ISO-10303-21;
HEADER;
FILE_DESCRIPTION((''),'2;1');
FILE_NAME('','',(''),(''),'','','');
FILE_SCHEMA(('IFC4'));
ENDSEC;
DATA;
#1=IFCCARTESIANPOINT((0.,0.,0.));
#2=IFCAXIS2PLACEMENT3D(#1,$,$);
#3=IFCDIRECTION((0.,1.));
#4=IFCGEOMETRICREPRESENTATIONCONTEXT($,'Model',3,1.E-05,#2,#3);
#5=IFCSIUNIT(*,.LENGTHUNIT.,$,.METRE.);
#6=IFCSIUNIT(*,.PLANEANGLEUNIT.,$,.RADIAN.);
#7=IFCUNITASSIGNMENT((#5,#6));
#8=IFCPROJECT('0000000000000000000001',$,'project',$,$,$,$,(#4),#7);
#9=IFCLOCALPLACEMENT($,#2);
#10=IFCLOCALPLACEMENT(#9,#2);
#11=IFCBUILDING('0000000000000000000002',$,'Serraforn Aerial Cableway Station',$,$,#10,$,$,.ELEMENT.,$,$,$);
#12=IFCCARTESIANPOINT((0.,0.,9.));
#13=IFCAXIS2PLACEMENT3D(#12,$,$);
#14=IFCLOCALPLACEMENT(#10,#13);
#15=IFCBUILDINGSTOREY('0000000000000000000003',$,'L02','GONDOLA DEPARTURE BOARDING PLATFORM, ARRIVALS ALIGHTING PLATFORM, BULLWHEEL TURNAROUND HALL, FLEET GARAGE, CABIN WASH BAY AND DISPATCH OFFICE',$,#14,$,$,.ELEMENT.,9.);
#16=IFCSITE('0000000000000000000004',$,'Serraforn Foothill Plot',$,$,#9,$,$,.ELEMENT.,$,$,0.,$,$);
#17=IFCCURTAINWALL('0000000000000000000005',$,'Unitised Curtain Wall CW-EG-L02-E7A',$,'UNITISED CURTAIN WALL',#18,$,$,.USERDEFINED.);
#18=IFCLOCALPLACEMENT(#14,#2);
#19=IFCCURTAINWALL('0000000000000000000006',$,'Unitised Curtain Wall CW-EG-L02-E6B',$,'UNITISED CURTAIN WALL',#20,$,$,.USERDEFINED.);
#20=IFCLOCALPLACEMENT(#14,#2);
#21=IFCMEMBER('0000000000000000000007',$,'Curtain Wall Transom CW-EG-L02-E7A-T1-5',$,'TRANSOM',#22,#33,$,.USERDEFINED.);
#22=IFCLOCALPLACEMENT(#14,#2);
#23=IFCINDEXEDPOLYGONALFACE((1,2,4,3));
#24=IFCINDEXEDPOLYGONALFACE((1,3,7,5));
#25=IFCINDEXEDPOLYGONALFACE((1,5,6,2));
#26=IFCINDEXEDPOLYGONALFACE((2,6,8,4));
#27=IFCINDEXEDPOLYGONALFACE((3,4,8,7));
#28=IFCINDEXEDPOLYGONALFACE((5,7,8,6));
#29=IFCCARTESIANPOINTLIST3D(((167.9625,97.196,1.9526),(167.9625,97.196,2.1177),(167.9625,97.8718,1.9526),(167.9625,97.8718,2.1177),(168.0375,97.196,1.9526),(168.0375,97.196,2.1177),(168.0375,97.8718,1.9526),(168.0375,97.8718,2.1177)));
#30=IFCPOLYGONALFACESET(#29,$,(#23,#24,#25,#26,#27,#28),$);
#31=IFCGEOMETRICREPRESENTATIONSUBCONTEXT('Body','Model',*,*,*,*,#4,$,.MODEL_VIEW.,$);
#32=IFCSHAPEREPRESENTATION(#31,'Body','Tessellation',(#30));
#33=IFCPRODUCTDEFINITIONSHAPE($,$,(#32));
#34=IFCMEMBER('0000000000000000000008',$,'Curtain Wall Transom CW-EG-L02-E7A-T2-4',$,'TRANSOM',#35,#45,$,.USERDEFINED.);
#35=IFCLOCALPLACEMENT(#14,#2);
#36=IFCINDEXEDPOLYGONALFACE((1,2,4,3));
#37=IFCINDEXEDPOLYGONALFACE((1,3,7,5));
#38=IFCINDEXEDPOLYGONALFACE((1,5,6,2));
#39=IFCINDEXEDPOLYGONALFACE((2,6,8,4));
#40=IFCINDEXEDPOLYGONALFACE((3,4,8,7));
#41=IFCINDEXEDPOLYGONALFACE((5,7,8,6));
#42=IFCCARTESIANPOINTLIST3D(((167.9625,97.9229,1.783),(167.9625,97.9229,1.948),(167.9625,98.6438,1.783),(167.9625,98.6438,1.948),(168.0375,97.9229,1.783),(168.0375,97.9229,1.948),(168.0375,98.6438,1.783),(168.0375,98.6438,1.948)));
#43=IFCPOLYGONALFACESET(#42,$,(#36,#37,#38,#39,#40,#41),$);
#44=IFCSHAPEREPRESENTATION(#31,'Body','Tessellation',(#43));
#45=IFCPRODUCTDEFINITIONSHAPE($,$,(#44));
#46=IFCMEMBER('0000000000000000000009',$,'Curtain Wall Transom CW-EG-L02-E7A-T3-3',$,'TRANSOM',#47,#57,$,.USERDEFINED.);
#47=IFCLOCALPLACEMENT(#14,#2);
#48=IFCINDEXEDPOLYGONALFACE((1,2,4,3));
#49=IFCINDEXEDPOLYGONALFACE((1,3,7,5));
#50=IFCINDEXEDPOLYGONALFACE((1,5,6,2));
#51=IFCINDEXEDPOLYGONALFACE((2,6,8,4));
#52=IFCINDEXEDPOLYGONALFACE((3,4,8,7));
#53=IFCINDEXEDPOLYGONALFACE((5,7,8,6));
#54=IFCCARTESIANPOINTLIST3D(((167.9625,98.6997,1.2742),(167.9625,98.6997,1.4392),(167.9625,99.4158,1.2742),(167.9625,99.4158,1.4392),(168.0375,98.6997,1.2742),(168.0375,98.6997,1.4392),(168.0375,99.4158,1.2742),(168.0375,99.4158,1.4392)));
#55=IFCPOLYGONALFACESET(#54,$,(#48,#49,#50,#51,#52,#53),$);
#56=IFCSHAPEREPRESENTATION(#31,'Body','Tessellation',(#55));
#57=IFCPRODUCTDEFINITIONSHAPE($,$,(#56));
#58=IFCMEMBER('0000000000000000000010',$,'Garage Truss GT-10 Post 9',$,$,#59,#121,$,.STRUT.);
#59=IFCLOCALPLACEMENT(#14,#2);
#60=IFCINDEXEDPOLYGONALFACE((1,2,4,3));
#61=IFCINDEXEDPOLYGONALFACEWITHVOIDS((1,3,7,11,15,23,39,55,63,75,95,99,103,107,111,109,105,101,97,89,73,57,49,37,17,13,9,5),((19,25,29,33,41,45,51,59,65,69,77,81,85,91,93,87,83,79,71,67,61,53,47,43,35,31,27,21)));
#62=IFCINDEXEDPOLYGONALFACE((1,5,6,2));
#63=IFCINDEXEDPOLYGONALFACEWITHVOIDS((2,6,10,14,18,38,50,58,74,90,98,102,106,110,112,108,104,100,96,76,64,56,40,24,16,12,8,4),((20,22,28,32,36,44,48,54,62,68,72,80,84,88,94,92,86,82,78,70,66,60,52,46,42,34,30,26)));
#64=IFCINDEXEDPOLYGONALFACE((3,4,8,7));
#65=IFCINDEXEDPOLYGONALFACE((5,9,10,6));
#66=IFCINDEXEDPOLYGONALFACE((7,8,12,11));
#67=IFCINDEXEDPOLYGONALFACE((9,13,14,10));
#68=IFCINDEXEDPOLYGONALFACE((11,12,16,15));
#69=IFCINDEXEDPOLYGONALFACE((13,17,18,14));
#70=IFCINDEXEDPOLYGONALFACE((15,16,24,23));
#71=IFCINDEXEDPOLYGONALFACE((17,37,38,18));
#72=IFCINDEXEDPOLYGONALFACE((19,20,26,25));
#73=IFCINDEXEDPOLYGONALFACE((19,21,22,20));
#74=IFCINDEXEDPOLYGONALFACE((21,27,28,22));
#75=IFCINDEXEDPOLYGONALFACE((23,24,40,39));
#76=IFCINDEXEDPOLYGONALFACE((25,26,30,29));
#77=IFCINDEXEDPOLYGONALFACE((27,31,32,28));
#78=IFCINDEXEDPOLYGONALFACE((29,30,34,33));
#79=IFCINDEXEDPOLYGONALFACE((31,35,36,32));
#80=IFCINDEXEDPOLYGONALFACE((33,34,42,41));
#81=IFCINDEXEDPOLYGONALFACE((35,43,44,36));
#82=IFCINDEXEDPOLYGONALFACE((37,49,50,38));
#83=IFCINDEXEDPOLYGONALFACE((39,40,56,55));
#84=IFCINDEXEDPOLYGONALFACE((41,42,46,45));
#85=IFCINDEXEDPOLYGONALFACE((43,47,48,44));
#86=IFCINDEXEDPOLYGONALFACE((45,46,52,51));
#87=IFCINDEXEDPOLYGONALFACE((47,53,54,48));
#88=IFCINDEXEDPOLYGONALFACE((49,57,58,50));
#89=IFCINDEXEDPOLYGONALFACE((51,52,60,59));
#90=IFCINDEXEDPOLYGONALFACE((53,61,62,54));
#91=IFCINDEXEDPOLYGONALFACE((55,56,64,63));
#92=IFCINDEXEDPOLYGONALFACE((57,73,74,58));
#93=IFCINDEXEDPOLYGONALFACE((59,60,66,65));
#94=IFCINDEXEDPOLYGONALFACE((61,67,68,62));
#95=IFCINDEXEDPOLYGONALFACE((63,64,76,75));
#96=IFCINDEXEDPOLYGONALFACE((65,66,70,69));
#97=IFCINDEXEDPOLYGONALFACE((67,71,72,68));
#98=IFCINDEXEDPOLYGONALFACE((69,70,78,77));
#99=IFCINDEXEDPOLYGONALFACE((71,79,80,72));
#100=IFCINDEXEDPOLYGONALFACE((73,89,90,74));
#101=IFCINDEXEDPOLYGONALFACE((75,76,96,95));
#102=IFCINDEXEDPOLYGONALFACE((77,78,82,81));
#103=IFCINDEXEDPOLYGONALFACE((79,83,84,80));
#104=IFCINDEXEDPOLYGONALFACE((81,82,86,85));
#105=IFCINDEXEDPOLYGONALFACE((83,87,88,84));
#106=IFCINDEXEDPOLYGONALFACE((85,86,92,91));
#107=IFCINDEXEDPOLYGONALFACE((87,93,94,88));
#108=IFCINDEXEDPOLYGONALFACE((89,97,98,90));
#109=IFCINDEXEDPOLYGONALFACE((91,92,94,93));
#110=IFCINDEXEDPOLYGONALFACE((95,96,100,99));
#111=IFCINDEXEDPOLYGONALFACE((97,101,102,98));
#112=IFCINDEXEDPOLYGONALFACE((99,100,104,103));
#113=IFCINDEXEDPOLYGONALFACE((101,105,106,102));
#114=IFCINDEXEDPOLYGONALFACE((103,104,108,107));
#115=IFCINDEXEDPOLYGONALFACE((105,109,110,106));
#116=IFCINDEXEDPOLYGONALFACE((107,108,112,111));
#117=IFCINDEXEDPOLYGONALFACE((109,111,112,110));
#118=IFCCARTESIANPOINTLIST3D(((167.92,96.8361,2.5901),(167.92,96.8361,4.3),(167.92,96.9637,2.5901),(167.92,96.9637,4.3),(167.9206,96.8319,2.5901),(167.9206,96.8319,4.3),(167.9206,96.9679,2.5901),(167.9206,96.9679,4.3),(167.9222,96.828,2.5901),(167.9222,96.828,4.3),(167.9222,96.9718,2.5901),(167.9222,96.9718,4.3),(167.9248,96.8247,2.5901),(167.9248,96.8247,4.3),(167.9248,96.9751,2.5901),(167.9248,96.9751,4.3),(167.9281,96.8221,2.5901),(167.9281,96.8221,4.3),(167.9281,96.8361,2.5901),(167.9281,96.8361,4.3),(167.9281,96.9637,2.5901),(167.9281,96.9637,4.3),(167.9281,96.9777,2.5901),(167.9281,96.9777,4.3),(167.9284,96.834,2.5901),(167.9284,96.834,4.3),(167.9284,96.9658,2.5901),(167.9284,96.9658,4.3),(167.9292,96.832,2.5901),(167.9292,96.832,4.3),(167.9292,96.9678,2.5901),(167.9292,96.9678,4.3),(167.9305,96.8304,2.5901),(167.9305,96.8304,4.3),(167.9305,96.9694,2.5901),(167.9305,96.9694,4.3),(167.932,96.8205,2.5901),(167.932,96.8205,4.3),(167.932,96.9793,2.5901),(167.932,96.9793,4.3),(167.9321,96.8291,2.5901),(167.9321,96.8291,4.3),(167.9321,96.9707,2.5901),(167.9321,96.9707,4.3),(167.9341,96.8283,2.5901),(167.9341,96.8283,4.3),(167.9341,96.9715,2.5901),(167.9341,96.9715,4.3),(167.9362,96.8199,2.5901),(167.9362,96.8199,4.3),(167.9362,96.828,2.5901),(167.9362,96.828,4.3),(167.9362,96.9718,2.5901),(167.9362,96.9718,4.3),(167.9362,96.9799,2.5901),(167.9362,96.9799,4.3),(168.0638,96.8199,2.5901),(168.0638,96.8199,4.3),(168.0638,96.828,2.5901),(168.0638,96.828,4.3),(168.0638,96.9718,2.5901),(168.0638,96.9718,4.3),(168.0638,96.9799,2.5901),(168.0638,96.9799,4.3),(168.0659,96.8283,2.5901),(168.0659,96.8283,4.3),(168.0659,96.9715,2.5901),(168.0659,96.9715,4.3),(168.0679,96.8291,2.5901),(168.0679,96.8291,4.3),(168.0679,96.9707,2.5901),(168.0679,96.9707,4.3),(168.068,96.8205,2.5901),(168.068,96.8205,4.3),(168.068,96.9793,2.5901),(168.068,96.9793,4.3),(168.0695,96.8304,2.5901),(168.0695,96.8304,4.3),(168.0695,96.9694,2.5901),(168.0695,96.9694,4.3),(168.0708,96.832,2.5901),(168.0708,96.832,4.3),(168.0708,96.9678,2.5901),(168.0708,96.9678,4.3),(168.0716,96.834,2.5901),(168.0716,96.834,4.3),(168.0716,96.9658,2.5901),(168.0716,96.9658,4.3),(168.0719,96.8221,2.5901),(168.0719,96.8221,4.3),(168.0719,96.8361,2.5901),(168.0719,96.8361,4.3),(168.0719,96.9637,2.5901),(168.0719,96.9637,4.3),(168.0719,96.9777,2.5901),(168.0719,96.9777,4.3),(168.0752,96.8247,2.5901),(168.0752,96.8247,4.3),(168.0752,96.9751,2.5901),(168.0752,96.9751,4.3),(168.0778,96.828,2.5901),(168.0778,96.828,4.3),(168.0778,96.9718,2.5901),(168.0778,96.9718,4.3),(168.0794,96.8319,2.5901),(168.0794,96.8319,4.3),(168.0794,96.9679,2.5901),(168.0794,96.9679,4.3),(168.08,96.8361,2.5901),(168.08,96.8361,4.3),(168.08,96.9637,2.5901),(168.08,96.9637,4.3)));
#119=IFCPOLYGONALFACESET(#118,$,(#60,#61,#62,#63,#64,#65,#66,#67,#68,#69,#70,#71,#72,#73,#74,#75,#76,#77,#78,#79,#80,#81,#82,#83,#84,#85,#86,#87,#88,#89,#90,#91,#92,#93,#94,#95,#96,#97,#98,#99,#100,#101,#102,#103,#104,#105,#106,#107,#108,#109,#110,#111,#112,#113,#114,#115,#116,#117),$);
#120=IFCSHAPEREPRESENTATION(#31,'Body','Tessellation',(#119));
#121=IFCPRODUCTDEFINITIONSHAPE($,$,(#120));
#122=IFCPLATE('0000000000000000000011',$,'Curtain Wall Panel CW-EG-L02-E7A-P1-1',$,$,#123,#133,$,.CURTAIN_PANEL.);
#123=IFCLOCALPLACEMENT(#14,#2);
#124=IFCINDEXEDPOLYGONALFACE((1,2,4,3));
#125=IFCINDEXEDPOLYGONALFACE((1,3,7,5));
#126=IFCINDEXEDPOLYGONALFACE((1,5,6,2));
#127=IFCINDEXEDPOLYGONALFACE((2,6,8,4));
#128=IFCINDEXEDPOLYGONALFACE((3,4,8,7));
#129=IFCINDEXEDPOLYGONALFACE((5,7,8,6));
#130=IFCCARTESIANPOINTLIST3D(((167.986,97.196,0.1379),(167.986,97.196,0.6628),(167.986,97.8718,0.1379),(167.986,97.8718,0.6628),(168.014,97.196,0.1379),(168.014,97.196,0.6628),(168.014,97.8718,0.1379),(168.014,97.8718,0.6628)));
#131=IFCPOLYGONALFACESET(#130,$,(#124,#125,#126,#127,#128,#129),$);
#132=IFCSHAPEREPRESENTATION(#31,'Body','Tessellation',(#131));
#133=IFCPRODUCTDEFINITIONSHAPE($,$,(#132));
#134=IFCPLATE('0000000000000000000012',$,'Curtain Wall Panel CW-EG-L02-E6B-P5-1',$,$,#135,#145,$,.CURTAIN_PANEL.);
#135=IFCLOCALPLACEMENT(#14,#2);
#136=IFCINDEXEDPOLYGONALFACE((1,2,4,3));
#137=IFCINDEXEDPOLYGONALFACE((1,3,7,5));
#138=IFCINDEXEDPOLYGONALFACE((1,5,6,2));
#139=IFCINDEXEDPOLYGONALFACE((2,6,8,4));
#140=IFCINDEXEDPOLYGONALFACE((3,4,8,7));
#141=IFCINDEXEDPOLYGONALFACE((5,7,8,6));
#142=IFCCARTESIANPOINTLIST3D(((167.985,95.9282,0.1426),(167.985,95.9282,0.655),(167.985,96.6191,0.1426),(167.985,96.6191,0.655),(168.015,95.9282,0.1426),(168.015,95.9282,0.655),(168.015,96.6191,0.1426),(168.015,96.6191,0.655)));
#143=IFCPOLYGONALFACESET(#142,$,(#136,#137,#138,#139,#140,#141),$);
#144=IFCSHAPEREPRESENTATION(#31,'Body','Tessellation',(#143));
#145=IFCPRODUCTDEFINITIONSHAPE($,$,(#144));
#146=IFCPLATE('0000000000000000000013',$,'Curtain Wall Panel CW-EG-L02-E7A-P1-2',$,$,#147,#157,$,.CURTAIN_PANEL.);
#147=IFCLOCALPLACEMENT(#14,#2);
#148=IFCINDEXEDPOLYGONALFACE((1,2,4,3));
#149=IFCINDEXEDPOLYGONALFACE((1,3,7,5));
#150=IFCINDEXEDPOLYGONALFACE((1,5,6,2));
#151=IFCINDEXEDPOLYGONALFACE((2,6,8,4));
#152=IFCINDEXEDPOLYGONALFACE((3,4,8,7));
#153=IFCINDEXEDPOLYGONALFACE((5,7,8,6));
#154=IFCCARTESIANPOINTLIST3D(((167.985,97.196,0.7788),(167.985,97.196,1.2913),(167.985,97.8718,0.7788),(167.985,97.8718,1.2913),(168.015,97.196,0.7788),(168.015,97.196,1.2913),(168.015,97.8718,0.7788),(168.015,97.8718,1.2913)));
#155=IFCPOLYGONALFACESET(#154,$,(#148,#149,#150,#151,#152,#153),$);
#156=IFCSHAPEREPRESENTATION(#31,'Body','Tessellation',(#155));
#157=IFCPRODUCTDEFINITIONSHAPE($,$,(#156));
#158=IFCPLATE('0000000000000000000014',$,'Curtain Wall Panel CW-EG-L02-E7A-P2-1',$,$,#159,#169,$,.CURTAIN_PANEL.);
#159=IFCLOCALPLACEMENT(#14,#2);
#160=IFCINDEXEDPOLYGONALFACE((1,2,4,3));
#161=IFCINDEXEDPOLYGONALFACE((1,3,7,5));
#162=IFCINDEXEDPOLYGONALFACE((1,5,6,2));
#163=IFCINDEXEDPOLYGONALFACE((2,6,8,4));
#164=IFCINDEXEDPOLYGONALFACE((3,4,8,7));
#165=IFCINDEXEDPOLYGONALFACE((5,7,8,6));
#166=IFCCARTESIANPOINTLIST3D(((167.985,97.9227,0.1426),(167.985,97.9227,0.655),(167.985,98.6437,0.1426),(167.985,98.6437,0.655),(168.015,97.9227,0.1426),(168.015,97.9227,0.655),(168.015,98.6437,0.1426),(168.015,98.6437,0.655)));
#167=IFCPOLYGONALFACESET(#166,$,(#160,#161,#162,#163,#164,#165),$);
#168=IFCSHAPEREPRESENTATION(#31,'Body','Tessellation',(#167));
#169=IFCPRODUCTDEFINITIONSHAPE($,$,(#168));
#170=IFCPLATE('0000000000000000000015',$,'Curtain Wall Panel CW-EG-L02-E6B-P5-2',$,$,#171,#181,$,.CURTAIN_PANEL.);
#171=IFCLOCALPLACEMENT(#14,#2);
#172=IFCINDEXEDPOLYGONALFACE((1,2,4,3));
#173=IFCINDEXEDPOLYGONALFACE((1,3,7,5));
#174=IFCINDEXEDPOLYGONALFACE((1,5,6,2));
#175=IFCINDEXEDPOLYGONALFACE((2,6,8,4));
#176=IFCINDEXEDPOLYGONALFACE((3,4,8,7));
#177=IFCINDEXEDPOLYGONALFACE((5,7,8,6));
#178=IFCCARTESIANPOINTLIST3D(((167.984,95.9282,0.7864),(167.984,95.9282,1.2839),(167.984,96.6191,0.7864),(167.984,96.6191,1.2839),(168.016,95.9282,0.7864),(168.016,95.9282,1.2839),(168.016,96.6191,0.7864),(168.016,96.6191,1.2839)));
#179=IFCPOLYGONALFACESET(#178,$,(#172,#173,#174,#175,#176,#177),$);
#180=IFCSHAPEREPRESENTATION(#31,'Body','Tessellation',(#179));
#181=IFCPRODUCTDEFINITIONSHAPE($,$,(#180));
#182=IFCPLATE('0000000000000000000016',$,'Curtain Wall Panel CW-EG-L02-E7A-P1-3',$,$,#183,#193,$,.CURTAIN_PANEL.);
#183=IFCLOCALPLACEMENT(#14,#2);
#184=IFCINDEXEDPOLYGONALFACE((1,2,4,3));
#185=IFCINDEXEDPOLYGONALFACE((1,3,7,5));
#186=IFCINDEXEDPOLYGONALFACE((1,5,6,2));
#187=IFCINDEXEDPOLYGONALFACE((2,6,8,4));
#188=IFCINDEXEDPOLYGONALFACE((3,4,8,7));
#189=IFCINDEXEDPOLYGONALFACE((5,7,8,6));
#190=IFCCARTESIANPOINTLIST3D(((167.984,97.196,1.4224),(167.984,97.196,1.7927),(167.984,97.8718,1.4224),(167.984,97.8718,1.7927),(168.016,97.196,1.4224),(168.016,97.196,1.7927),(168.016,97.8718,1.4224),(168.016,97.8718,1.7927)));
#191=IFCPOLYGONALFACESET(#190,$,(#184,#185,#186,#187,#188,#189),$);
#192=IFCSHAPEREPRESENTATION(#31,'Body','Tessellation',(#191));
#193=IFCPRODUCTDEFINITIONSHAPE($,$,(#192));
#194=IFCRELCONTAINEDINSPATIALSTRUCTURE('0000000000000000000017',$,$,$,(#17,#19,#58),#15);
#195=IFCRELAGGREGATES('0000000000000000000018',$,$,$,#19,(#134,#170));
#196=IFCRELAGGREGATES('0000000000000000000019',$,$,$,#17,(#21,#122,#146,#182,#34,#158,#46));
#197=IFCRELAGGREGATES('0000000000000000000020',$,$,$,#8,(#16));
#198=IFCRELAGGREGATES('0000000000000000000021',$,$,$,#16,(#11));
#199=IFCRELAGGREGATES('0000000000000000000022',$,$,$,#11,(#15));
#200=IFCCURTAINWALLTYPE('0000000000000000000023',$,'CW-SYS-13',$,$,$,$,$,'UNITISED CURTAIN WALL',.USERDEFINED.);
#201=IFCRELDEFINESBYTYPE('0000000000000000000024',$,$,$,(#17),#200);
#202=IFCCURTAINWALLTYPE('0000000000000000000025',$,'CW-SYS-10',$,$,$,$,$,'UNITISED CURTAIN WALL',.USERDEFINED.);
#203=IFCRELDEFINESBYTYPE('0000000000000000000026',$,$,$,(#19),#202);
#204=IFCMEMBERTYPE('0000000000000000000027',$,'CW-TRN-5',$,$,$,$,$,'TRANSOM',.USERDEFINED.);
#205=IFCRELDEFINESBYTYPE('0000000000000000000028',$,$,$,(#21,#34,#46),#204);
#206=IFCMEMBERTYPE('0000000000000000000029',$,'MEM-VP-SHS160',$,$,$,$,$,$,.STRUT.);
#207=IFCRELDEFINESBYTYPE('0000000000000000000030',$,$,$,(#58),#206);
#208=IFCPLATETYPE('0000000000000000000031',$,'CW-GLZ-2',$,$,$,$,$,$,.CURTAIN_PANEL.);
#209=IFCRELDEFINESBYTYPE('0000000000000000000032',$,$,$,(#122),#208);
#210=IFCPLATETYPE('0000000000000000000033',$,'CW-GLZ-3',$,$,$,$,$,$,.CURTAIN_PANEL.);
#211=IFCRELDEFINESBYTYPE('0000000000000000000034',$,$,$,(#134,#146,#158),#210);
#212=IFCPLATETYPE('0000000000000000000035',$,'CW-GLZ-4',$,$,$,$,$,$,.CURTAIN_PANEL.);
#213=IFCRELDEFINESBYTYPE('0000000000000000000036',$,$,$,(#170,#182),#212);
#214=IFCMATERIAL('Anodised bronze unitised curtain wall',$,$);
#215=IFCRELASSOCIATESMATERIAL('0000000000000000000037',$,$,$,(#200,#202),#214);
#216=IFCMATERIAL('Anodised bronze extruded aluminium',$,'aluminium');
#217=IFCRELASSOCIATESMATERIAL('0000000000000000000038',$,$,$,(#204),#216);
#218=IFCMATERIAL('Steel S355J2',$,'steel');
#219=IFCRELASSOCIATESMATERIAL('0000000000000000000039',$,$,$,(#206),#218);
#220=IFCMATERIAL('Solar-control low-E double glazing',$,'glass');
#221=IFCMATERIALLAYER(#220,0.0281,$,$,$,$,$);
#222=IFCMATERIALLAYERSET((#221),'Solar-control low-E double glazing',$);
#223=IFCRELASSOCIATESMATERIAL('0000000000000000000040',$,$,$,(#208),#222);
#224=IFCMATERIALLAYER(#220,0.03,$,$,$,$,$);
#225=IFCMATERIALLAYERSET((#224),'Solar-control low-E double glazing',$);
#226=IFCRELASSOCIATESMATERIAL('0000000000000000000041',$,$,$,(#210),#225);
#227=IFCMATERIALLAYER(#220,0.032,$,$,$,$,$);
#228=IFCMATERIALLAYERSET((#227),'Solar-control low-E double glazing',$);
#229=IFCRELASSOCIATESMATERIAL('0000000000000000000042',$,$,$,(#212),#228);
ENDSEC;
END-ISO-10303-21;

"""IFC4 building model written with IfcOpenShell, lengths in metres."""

from ifc_helpers import new_model, si_unit, direction, frame, origin, origin_2d, place, context, subcontext, project, spatial, rectangle, hollow_rectangle, extrude, material, layer, layer_set, material_profile, profile_set, type_object, element, aggregate, save


model = new_model("IFC4")

# Units and contexts
model_context = context("Model", 3, precision=1e-05, world=origin(), true_north=direction((0.0, 1.0)))
body_context = subcontext(model_context, "Body", "Model", "MODEL_VIEW")
ifc_project = project(units=[si_unit("LENGTHUNIT", "METRE"), si_unit("PLANEANGLEUNIT", "RADIAN")], contexts=[model_context])

# Site, building, storey
site_placement = place(None, origin())
site = spatial("IfcSite", under=ifc_project, at=site_placement, Name="Serraforn Foothill Plot", CompositionType="ELEMENT", RefElevation=0.0)
building_placement = place(site_placement, origin())
building = spatial("IfcBuilding", under=site, at=building_placement, Name="Serraforn Aerial Cableway Station", CompositionType="ELEMENT")
storey_placement = place(building_placement, frame((0.0, 0.0, 9.0)))
storey = spatial("IfcBuildingStorey", under=building, at=storey_placement, Name="L02", Description="GONDOLA DEPARTURE BOARDING PLATFORM, ARRIVALS ALIGHTING PLATFORM, BULLWHEEL TURNAROUND HALL, FLEET GARAGE, CABIN WASH BAY AND DISPATCH OFFICE", CompositionType="ELEMENT", Elevation=9.0)

# Shared definitions
ifc_material_1 = material(Name="Steel S355J2", Category="steel")

# Curtain walls
ifc_material_2 = material(Name="Anodised bronze unitised curtain wall")
curtain_wall_type_1 = type_object("IfcCurtainWallType", Name="CW-SYS-13", ElementType="UNITISED CURTAIN WALL", PredefinedType="USERDEFINED", material=ifc_material_2)
curtain_wall_1_placement = place(storey_placement, origin())
curtain_wall_1 = element("IfcCurtainWall", 1, at=curtain_wall_1_placement, inside=storey, type_object=curtain_wall_type_1, Name="Unitised Curtain Wall CW-EG-L02-E7A", ObjectType="UNITISED CURTAIN WALL", PredefinedType="USERDEFINED")
ifc_material_3 = material(Name="Anodised bronze extruded aluminium", Category="aluminium")
curtain_wall_type_2 = type_object("IfcCurtainWallType", Name="CW-SYS-10", ElementType="UNITISED CURTAIN WALL", PredefinedType="USERDEFINED", material=ifc_material_2)
curtain_wall_2_placement = place(storey_placement, origin())
curtain_wall_2 = element("IfcCurtainWall", 2, at=curtain_wall_2_placement, inside=storey, type_object=curtain_wall_type_2, Name="Unitised Curtain Wall CW-EG-L02-E6B", ObjectType="UNITISED CURTAIN WALL", PredefinedType="USERDEFINED")

# Members
ifc_material_profile_1 = material_profile(ifc_material_3, rectangle(XDim=0.075, YDim=0.165, at=origin_2d()), Name="CW TRANSOM 75x165")
ifc_profile_set_1 = profile_set([ifc_material_profile_1], Name="Anodised bronze extruded aluminium")
member_type_1 = type_object("IfcMemberType", Name="CW-TRN-5", ElementType="TRANSOM", PredefinedType="USERDEFINED", material=ifc_profile_set_1)
member_1_placement = place(storey_placement, frame((168.0, 97.196, 2.0352), z_axis=(0.0, 1.0, 0.0), x_axis=(-1.0, 0.0, 0.0)))
member_1 = element("IfcMember", 3, at=member_1_placement, type_object=member_type_1, Name="Curtain Wall Transom CW-EG-L02-E7A-T1-5", ObjectType="TRANSOM", PredefinedType="USERDEFINED", context=body_context, shape_type="SweptSolid", body=[
    extrude(rectangle(XDim=0.075, YDim=0.165, at=origin_2d()), origin(), (0.0, 0.0, 1.0), 0.6758),
])
member_2_placement = place(storey_placement, frame((168.0, 97.9229, 1.8655), z_axis=(0.0, 1.0, 0.0), x_axis=(-1.0, 0.0, 0.0)))
member_2 = element("IfcMember", 4, at=member_2_placement, type_object=member_type_1, Name="Curtain Wall Transom CW-EG-L02-E7A-T2-4", ObjectType="TRANSOM", PredefinedType="USERDEFINED", context=body_context, shape_type="SweptSolid", body=[
    extrude(rectangle(XDim=0.075, YDim=0.165, at=origin_2d()), origin(), (0.0, 0.0, 1.0), 0.7209),
])
member_3_placement = place(storey_placement, frame((168.0, 98.6997, 1.3567), z_axis=(0.0, 1.0, 0.0), x_axis=(-1.0, 0.0, 0.0)))
member_3 = element("IfcMember", 5, at=member_3_placement, type_object=member_type_1, Name="Curtain Wall Transom CW-EG-L02-E7A-T3-3", ObjectType="TRANSOM", PredefinedType="USERDEFINED", context=body_context, shape_type="SweptSolid", body=[
    extrude(rectangle(XDim=0.075, YDim=0.165, at=origin_2d()), origin(), (0.0, 0.0, 1.0), 0.7161),
])
ifc_material_profile_2 = material_profile(ifc_material_1, hollow_rectangle(XDim=0.1599, YDim=0.1599, WallThickness=0.0081, InnerFilletRadius=0.0081, OuterFilletRadius=0.0161, at=origin_2d()), Name="SHS 160x160x8.0")
ifc_profile_set_2 = profile_set([ifc_material_profile_2], Name="Steel S355J2")
member_type_2 = type_object("IfcMemberType", Name="MEM-VP-SHS160", PredefinedType="STRUT", material=ifc_profile_set_2)
member_4_placement = place(storey_placement, frame((168.0, 96.8999, 2.5901), z_axis=(0.0, 0.0, 1.0), x_axis=(1.0, 0.0, 0.0)))
element("IfcMember", 6, at=member_4_placement, inside=storey, type_object=member_type_2, Name="Garage Truss GT-10 Post 9", PredefinedType="STRUT", context=body_context, shape_type="SweptSolid", body=[
    extrude(hollow_rectangle(XDim=0.1599, YDim=0.1599, WallThickness=0.0081, InnerFilletRadius=0.0081, OuterFilletRadius=0.0161, at=origin_2d()), origin(), (0.0, 0.0, 1.0), 1.71),
])

# Plates
ifc_material_4 = material(Name="Solar-control low-E double glazing", Category="glass")
ifc_layer_1 = layer(ifc_material_4, 0.0281)
ifc_layer_set_1 = layer_set([ifc_layer_1], Name="Solar-control low-E double glazing")
plate_type_1 = type_object("IfcPlateType", Name="CW-GLZ-2", PredefinedType="CURTAIN_PANEL", material=ifc_layer_set_1)
plate_1_placement = place(storey_placement, frame((168.0, 97.5339, 0.1379), z_axis=(0.0, 0.0, 1.0), x_axis=(1.0, 0.0, 0.0)))
plate_1 = element("IfcPlate", 7, at=plate_1_placement, type_object=plate_type_1, Name="Curtain Wall Panel CW-EG-L02-E7A-P1-1", PredefinedType="CURTAIN_PANEL", context=body_context, shape_type="SweptSolid", body=[
    extrude(rectangle(XDim=0.0281, YDim=0.6758, at=origin_2d()), origin(), (0.0, 0.0, 1.0), 0.5249),
])
ifc_layer_2 = layer(ifc_material_4, 0.03)
ifc_layer_set_2 = layer_set([ifc_layer_2], Name="Solar-control low-E double glazing")
plate_type_2 = type_object("IfcPlateType", Name="CW-GLZ-3", PredefinedType="CURTAIN_PANEL", material=ifc_layer_set_2)
plate_2_placement = place(storey_placement, frame((168.0, 96.2737, 0.1426), z_axis=(0.0, 0.0, 1.0), x_axis=(1.0, 0.0, 0.0)))
plate_2 = element("IfcPlate", 8, at=plate_2_placement, type_object=plate_type_2, Name="Curtain Wall Panel CW-EG-L02-E6B-P5-1", PredefinedType="CURTAIN_PANEL", context=body_context, shape_type="SweptSolid", body=[
    extrude(rectangle(XDim=0.03, YDim=0.6909, at=origin_2d()), origin(), (0.0, 0.0, 1.0), 0.5125),
])
plate_3_placement = place(storey_placement, frame((168.0, 97.5339, 0.7788), z_axis=(0.0, 0.0, 1.0), x_axis=(1.0, 0.0, 0.0)))
plate_3 = element("IfcPlate", 9, at=plate_3_placement, type_object=plate_type_2, Name="Curtain Wall Panel CW-EG-L02-E7A-P1-2", PredefinedType="CURTAIN_PANEL", context=body_context, shape_type="SweptSolid", body=[
    extrude(rectangle(XDim=0.03, YDim=0.6758, at=origin_2d()), origin(), (0.0, 0.0, 1.0), 0.5125),
])
plate_4_placement = place(storey_placement, frame((168.0, 98.2832, 0.1426), z_axis=(0.0, 0.0, 1.0), x_axis=(1.0, 0.0, 0.0)))
plate_4 = element("IfcPlate", 10, at=plate_4_placement, type_object=plate_type_2, Name="Curtain Wall Panel CW-EG-L02-E7A-P2-1", PredefinedType="CURTAIN_PANEL", context=body_context, shape_type="SweptSolid", body=[
    extrude(rectangle(XDim=0.03, YDim=0.7209, at=origin_2d()), origin(), (0.0, 0.0, 1.0), 0.5125),
])
ifc_layer_3 = layer(ifc_material_4, 0.032)
ifc_layer_set_3 = layer_set([ifc_layer_3], Name="Solar-control low-E double glazing")
plate_type_3 = type_object("IfcPlateType", Name="CW-GLZ-4", PredefinedType="CURTAIN_PANEL", material=ifc_layer_set_3)
plate_5_placement = place(storey_placement, frame((168.0, 96.2737, 0.7864), z_axis=(0.0, 0.0, 1.0), x_axis=(1.0, 0.0, 0.0)))
plate_5 = element("IfcPlate", 11, at=plate_5_placement, type_object=plate_type_3, Name="Curtain Wall Panel CW-EG-L02-E6B-P5-2", PredefinedType="CURTAIN_PANEL", context=body_context, shape_type="SweptSolid", body=[
    extrude(rectangle(XDim=0.032, YDim=0.6909, at=origin_2d()), origin(), (0.0, 0.0, 1.0), 0.4976),
])
plate_6_placement = place(storey_placement, frame((168.0, 97.5339, 1.4224), z_axis=(0.0, 0.0, 1.0), x_axis=(1.0, 0.0, 0.0)))
plate_6 = element("IfcPlate", 12, at=plate_6_placement, type_object=plate_type_3, Name="Curtain Wall Panel CW-EG-L02-E7A-P1-3", PredefinedType="CURTAIN_PANEL", context=body_context, shape_type="SweptSolid", body=[
    extrude(rectangle(XDim=0.032, YDim=0.6758, at=origin_2d()), origin(), (0.0, 0.0, 1.0), 0.3704),
])
aggregate(curtain_wall_2, [plate_2, plate_5])
aggregate(curtain_wall_1, [member_1, plate_1, plate_3, plate_6, member_2, plate_4, member_3])

save(model, "model.ifc")
